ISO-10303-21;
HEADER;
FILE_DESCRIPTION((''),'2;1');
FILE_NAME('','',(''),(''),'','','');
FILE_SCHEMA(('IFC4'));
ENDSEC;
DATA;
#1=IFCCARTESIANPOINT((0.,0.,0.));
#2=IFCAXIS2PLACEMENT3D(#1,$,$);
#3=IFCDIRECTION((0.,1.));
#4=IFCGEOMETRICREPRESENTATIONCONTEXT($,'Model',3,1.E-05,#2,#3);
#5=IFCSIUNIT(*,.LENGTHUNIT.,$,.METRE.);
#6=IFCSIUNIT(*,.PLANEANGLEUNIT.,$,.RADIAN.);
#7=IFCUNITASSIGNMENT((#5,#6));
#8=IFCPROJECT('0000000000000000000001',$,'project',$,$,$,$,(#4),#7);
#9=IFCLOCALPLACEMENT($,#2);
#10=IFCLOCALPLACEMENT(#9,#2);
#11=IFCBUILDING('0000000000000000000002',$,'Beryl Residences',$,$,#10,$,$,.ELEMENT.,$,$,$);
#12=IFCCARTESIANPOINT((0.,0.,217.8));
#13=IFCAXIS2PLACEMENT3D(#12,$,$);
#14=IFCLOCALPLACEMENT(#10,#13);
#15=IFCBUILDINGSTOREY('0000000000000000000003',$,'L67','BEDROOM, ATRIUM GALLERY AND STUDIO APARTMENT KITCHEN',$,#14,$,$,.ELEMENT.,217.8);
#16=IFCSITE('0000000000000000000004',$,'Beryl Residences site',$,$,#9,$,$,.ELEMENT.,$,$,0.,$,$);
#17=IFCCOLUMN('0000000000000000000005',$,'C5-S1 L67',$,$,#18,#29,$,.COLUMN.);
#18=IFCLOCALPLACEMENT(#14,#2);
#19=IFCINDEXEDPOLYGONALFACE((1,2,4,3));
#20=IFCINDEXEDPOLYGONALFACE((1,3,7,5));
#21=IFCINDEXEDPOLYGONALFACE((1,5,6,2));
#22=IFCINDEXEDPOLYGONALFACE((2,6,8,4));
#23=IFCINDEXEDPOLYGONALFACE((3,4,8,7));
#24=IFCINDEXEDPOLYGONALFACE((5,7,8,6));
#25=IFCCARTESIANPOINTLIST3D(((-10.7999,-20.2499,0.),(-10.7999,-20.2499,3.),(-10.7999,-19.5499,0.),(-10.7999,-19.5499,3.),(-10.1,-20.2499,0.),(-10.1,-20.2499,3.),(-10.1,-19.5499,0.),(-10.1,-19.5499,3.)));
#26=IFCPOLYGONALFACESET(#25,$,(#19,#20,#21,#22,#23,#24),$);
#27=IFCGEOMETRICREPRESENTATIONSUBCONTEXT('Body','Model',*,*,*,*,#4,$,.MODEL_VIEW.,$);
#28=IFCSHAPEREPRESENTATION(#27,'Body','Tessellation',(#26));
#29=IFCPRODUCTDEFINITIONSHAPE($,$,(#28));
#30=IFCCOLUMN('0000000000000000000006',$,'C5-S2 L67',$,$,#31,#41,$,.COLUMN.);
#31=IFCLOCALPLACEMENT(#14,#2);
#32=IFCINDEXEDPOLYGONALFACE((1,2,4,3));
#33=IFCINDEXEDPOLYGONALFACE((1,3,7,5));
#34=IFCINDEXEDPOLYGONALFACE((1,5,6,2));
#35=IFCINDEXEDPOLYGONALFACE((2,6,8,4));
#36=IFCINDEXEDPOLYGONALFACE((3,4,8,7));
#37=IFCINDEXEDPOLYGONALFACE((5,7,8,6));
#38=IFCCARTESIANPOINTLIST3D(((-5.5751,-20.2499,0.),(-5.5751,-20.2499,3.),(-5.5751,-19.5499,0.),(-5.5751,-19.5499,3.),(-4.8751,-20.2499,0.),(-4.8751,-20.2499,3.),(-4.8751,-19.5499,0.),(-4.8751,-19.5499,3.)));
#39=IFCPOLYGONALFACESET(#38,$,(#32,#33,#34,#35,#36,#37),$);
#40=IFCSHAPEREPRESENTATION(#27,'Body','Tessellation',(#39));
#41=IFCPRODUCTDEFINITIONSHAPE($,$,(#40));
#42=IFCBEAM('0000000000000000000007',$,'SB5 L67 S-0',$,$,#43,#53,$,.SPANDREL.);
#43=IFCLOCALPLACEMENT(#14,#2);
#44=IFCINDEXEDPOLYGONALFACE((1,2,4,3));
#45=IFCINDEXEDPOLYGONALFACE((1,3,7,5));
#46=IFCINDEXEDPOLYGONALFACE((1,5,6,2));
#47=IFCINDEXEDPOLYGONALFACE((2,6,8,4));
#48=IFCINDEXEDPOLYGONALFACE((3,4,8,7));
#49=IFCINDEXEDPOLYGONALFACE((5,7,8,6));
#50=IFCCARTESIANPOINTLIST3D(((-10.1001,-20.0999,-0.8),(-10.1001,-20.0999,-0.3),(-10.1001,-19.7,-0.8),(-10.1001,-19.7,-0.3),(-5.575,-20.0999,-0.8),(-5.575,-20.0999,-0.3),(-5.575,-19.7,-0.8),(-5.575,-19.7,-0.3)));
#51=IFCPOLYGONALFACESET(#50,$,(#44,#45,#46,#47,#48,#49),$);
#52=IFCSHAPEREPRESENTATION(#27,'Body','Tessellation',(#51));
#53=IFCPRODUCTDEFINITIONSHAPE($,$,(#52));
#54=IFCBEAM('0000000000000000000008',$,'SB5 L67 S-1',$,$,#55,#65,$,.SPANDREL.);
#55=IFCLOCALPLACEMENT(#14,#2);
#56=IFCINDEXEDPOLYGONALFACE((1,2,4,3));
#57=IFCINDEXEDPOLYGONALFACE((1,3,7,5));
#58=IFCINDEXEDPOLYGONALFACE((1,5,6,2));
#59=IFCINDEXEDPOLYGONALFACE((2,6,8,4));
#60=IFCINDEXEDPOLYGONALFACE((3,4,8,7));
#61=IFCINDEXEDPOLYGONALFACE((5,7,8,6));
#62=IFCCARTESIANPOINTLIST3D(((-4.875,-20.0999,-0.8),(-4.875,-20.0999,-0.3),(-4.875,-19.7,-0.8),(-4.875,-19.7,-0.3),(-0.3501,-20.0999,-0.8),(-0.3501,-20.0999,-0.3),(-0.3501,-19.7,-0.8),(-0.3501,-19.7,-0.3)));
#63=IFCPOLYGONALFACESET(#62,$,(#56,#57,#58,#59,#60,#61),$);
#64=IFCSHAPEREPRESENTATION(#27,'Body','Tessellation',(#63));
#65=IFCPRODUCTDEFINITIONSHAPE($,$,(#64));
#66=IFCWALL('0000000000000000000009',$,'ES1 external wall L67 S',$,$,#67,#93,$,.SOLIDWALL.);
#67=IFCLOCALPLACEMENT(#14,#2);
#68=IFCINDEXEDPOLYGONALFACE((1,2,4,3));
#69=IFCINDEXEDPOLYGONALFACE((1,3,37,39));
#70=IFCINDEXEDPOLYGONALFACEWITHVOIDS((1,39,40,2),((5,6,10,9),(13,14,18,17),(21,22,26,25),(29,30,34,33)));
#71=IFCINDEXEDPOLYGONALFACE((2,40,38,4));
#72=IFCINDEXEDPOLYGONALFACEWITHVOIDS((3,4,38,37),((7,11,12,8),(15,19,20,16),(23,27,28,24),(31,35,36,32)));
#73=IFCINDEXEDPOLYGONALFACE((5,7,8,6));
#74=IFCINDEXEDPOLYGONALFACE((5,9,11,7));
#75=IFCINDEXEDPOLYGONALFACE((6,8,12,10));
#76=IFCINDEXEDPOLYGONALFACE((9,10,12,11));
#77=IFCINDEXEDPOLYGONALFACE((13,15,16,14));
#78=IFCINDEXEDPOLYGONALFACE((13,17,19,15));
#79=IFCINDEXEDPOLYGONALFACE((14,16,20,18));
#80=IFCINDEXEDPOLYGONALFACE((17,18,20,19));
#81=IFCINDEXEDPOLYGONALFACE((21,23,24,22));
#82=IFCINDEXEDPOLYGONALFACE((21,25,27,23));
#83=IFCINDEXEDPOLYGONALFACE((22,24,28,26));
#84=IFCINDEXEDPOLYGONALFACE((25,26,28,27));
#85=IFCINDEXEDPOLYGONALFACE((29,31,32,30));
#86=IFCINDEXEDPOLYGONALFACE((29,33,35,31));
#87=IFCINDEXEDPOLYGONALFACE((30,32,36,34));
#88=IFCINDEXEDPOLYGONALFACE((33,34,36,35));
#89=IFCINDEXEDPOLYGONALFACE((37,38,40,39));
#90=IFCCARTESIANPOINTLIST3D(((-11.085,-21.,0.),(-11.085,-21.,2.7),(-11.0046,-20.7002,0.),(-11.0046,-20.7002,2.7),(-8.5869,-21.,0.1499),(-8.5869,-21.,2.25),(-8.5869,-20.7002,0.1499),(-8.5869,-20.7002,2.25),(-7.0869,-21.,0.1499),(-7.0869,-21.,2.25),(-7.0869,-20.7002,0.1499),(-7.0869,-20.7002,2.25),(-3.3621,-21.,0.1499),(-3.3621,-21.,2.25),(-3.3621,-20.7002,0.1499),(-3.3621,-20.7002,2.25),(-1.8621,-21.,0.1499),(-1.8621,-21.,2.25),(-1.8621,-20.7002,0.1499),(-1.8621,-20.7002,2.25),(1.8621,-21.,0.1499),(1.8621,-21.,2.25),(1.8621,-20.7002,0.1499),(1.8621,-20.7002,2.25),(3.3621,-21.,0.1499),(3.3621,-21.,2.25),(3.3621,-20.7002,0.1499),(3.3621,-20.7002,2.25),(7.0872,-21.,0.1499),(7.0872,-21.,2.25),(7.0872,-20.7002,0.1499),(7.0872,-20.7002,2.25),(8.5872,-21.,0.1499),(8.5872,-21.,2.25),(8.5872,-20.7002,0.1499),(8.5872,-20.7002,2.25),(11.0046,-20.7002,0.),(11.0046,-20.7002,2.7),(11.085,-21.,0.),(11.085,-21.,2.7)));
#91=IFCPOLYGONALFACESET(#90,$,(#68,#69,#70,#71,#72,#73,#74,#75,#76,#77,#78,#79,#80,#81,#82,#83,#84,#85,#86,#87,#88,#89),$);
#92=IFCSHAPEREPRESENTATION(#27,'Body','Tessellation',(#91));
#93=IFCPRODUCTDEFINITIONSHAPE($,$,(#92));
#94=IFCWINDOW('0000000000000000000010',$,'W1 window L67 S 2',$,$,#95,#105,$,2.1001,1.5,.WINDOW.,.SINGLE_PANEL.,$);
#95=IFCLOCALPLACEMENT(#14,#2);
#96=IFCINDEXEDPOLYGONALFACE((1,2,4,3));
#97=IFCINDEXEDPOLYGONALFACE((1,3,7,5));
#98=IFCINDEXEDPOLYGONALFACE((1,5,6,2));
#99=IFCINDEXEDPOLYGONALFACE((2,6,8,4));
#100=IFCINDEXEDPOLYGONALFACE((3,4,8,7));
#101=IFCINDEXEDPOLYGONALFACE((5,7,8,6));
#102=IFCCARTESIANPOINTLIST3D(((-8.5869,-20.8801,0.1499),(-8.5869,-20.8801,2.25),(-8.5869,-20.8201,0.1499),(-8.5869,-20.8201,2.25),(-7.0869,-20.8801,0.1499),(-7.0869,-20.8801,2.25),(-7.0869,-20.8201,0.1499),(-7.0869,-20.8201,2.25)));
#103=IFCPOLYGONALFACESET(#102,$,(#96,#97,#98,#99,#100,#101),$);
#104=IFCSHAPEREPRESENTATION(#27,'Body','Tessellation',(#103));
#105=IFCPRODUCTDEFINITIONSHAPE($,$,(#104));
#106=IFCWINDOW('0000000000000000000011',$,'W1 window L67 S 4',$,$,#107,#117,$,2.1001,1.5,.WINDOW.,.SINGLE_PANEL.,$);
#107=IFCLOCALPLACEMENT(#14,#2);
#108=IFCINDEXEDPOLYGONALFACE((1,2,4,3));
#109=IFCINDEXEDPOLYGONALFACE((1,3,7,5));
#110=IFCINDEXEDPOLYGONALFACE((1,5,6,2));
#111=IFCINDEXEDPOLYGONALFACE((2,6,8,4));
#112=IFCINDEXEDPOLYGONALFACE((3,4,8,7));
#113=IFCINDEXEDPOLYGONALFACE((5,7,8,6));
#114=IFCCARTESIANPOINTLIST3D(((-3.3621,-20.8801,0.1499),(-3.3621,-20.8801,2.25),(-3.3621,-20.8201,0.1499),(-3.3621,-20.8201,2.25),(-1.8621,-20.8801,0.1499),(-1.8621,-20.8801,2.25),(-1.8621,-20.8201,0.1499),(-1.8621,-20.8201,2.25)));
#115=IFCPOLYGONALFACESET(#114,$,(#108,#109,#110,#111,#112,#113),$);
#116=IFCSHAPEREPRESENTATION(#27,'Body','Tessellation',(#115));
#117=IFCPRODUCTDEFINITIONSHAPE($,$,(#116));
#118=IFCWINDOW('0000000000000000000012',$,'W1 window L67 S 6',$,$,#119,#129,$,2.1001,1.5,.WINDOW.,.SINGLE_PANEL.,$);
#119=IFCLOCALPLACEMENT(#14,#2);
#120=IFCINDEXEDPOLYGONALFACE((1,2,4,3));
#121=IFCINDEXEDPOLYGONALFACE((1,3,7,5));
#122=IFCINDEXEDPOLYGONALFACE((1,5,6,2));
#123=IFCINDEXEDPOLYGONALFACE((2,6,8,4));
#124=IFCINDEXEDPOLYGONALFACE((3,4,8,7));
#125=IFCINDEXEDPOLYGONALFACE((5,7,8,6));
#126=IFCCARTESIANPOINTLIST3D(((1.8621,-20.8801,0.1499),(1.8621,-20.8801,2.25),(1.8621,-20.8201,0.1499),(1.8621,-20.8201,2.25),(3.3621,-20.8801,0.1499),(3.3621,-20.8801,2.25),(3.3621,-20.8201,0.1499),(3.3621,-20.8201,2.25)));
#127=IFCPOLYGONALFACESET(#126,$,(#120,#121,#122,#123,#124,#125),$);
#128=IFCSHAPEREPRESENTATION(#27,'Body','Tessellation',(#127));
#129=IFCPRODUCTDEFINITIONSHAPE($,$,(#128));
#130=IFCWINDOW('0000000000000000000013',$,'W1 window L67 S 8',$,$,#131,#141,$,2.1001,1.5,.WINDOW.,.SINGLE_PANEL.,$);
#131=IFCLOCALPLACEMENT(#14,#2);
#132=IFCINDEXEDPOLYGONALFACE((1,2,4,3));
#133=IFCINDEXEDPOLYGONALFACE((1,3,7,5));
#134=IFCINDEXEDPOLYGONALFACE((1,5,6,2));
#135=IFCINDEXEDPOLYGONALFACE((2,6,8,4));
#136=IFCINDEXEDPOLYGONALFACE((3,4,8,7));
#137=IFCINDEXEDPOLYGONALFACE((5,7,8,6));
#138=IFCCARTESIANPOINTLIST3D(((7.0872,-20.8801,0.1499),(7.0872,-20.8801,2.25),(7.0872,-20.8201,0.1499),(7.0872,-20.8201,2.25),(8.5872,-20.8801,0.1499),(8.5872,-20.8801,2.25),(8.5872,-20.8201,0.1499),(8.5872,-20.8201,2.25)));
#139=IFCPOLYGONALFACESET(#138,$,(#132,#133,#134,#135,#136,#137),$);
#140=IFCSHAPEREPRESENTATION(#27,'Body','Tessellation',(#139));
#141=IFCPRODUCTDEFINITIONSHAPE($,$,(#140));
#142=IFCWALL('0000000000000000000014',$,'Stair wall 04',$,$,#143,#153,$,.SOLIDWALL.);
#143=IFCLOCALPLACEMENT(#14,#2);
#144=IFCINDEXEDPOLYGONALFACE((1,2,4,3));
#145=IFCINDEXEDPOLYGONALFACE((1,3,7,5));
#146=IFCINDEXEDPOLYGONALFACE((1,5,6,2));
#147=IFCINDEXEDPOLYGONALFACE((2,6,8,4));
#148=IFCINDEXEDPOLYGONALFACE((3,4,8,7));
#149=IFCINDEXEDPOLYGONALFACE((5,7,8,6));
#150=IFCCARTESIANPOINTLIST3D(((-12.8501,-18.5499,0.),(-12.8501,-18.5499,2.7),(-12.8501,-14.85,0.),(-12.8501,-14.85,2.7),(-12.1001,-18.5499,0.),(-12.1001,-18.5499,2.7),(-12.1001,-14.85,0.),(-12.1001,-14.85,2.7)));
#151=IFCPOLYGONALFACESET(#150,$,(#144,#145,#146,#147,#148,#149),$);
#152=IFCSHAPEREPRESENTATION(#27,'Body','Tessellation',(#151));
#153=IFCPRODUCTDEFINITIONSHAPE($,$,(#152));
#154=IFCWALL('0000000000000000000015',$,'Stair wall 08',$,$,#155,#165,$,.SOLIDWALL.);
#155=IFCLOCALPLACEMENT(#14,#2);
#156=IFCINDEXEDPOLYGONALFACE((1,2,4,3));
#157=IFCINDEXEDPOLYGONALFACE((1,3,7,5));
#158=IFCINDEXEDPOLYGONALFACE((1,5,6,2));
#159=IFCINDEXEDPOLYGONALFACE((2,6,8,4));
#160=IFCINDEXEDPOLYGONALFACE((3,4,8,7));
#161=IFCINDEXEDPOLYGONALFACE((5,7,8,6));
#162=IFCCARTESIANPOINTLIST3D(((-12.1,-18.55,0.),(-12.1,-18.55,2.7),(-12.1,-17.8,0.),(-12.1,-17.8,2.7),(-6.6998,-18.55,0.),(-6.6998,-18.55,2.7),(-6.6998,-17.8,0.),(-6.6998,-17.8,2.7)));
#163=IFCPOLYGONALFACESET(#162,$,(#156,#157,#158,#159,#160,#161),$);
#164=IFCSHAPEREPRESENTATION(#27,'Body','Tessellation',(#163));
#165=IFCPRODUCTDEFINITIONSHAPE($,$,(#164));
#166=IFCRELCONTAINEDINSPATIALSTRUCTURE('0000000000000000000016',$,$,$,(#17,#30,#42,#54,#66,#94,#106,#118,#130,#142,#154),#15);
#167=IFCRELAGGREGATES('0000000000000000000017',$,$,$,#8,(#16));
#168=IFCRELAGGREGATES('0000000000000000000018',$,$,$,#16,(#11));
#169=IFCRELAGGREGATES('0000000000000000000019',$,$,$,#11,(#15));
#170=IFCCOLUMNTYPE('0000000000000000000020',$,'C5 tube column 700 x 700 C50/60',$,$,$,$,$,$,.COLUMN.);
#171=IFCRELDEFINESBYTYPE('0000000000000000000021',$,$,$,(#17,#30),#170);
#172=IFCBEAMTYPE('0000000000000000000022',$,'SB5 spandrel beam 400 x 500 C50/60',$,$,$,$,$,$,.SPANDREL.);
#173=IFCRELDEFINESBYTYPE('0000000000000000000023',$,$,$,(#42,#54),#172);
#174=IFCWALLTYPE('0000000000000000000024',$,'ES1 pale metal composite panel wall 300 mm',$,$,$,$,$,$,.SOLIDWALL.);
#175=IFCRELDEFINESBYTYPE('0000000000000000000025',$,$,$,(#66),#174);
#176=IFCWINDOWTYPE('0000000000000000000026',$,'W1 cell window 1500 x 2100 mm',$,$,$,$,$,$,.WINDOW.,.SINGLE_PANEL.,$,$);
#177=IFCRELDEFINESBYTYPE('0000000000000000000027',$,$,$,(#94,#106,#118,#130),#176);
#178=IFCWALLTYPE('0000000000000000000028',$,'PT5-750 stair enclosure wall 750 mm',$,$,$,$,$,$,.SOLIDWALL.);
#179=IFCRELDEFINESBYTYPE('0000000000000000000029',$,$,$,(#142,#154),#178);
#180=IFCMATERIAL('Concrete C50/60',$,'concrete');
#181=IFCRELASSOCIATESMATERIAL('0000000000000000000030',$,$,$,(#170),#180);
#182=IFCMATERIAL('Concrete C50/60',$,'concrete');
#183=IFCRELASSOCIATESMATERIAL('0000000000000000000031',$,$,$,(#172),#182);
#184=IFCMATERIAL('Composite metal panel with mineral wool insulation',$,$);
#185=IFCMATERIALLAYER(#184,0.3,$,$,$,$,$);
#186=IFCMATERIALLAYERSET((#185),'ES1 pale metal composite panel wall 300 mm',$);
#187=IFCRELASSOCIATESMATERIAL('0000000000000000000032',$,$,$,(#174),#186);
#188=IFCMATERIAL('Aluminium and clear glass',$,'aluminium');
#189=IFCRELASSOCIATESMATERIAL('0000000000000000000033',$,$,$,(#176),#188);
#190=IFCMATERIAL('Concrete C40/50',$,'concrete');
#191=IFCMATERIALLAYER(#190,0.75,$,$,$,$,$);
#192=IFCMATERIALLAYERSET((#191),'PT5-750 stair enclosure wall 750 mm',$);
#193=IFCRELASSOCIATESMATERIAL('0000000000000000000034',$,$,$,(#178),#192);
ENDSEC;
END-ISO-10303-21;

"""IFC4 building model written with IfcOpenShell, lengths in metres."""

from ifc_helpers import new_model, si_unit, direction, frame, frame_2d, origin, origin_2d, place, context, subcontext, project, spatial, polyline, rectangle, outline, extrude, material, layer, layer_set, material_profile, profile_set, type_object, element, fill, save


model = new_model("IFC4")

# Units and contexts
model_context = context("Model", 3, precision=1e-05, world=origin(), true_north=direction((0.0, 1.0)))
body_context = subcontext(model_context, "Body", "Model", "MODEL_VIEW")
ifc_project = project(units=[si_unit("LENGTHUNIT", "METRE"), si_unit("PLANEANGLEUNIT", "RADIAN")], contexts=[model_context])

# Site, building, storey
site_placement = place(None, origin())
site = spatial("IfcSite", under=ifc_project, at=site_placement, Name="Beryl Residences site", CompositionType="ELEMENT", RefElevation=0.0)
building_placement = place(site_placement, origin())
building = spatial("IfcBuilding", under=site, at=building_placement, Name="Beryl Residences", CompositionType="ELEMENT")
storey_placement = place(building_placement, frame((0.0, 0.0, 217.8)))
storey = spatial("IfcBuildingStorey", under=building, at=storey_placement, Name="L67", Description="BEDROOM, ATRIUM GALLERY AND STUDIO APARTMENT KITCHEN", CompositionType="ELEMENT", Elevation=217.8)

# Columns
ifc_material_1 = material(Name="Concrete C50/60", Category="concrete")
ifc_material_profile_1 = material_profile(ifc_material_1, rectangle(XDim=0.7, YDim=0.7, at=origin_2d()))
ifc_profile_set_1 = profile_set([ifc_material_profile_1], Name="Concrete C50/60")
column_type = type_object("IfcColumnType", Name="C5 tube column 700 x 700 C50/60", PredefinedType="COLUMN", material=ifc_profile_set_1)
for number, where, z_axis, x_axis, name in (
    (1, (-10.45, -19.8999, 0.0), (0.0, 0.0, 1.0), (1.0, 0.0, 0.0), "C5-S1 L67"),
    (2, (-5.2251, -19.8999, 0.0), (0.0, 0.0, 1.0), (1.0, 0.0, 0.0), "C5-S2 L67"),
):
    element("IfcColumn", number, at=place(storey_placement, frame(where, z_axis=z_axis, x_axis=x_axis)), inside=storey, type_object=column_type, Name=name, PredefinedType="COLUMN", context=body_context, shape_type="SweptSolid", body=[
        extrude(rectangle(XDim=0.7, YDim=0.7, at=origin_2d()), origin(), (0.0, 0.0, 1.0), 3.0),
    ])

# Beams
ifc_material_2 = material(Name="Concrete C50/60", Category="concrete")
ifc_material_profile_2 = material_profile(ifc_material_2, rectangle(XDim=0.3999, YDim=0.5, at=origin_2d()))
ifc_profile_set_2 = profile_set([ifc_material_profile_2], Name="Concrete C50/60")
beam_type = type_object("IfcBeamType", Name="SB5 spandrel beam 400 x 500 C50/60", PredefinedType="SPANDREL", material=ifc_profile_set_2)
beam_1_placement = place(storey_placement, frame((-10.1001, -19.8999, -0.55), z_axis=(1.0, 0.0, 0.0), x_axis=(0.0, 1.0, 0.0)))
element("IfcBeam", 3, at=beam_1_placement, inside=storey, type_object=beam_type, Name="SB5 L67 S-0", PredefinedType="SPANDREL", context=body_context, shape_type="SweptSolid", body=[
    extrude(rectangle(XDim=0.3999, YDim=0.5, at=origin_2d()), origin(), (0.0, 0.0, 1.0), 4.5251),
])
beam_2_placement = place(storey_placement, frame((-4.875, -19.8999, -0.55), z_axis=(1.0, 0.0, 0.0), x_axis=(0.0, 1.0, 0.0)))
element("IfcBeam", 4, at=beam_2_placement, inside=storey, type_object=beam_type, Name="SB5 L67 S-1", PredefinedType="SPANDREL", context=body_context, shape_type="SweptSolid", body=[
    extrude(rectangle(XDim=0.3999, YDim=0.5, at=origin_2d()), origin(), (0.0, 0.0, 1.0), 4.5249),
])

# Wall, openings, windows
ifc_material_3 = material(Name="Composite metal panel with mineral wool insulation")
ifc_layer_1 = layer(ifc_material_3, 0.3)
ifc_layer_set_1 = layer_set([ifc_layer_1], Name="ES1 pale metal composite panel wall 300 mm")
wall_type_1 = type_object("IfcWallType", Name="ES1 pale metal composite panel wall 300 mm", PredefinedType="SOLIDWALL", material=ifc_layer_set_1)
wall_1_placement = place(storey_placement, frame((-11.085, -20.8501, 0.0), z_axis=(0.0, 0.0, 1.0), x_axis=(1.0, 0.0, 0.0)))
wall_1 = element("IfcWall", 5, at=wall_1_placement, inside=storey, type_object=wall_type_1, Name="ES1 external wall L67 S", PredefinedType="SOLIDWALL", context=body_context, shape_type="SweptSolid", body=[
    extrude(outline(polyline([(0.0, -0.1499), (22.1699, -0.1499), (22.0896, 0.1499), (0.0803, 0.1499), (0.0, -0.1499)])), origin(), (0.0, 0.0, 1.0), 2.7),
])
opening_1_placement = place(wall_1_placement, frame((2.498, 0.0, 0.1499)))
opening_1 = element("IfcOpeningElement", 6, at=opening_1_placement, cuts=wall_1, PredefinedType="OPENING", context=body_context, shape_type="SweptSolid", body=[
    extrude(rectangle(XDim=1.5, YDim=2.1001, at=frame_2d((0.75, 1.05))), frame((0.0, 0.1599, 0.0), z_axis=(0.0, -1.0, 0.0), x_axis=(1.0, 0.0, 0.0)), (0.0, 0.0, 1.0), 0.3201),
])
opening_2_placement = place(wall_1_placement, frame((7.7229, 0.0, 0.1499)))
opening_2 = element("IfcOpeningElement", 7, at=opening_2_placement, cuts=wall_1, PredefinedType="OPENING", context=body_context, shape_type="SweptSolid", body=[
    extrude(rectangle(XDim=1.5, YDim=2.1001, at=frame_2d((0.75, 1.05))), frame((0.0, 0.1599, 0.0), z_axis=(0.0, -1.0, 0.0), x_axis=(1.0, 0.0, 0.0)), (0.0, 0.0, 1.0), 0.3201),
])
opening_3_placement = place(wall_1_placement, frame((12.947, 0.0, 0.1499)))
opening_3 = element("IfcOpeningElement", 8, at=opening_3_placement, cuts=wall_1, PredefinedType="OPENING", context=body_context, shape_type="SweptSolid", body=[
    extrude(rectangle(XDim=1.5, YDim=2.1001, at=frame_2d((0.75, 1.05))), frame((0.0, 0.1599, 0.0), z_axis=(0.0, -1.0, 0.0), x_axis=(1.0, 0.0, 0.0)), (0.0, 0.0, 1.0), 0.3201),
])
opening_4_placement = place(wall_1_placement, frame((18.1721, 0.0, 0.1499)))
opening_4 = element("IfcOpeningElement", 9, at=opening_4_placement, cuts=wall_1, PredefinedType="OPENING", context=body_context, shape_type="SweptSolid", body=[
    extrude(rectangle(XDim=1.5, YDim=2.1001, at=frame_2d((0.75, 1.05))), frame((0.0, 0.1599, 0.0), z_axis=(0.0, -1.0, 0.0), x_axis=(1.0, 0.0, 0.0)), (0.0, 0.0, 1.0), 0.3201),
])
ifc_material_4 = material(Name="Aluminium and clear glass", Category="aluminium")
window_type = type_object("IfcWindowType", Name="W1 cell window 1500 x 2100 mm", PartitioningType="SINGLE_PANEL", PredefinedType="WINDOW", material=ifc_material_4)
window_1_placement = place(opening_1_placement, origin())
window_1 = element("IfcWindow", 10, at=window_1_placement, inside=storey, type_object=window_type, Name="W1 window L67 S 2", OverallHeight=2.1001, OverallWidth=1.5, PartitioningType="SINGLE_PANEL", PredefinedType="WINDOW", context=body_context, shape_type="SweptSolid", body=[
    extrude(rectangle(XDim=1.5, YDim=2.1001, at=frame_2d((0.75, 1.05))), frame((0.0, 0.03, 0.0), z_axis=(0.0, -1.0, 0.0), x_axis=(1.0, 0.0, 0.0)), (0.0, 0.0, 1.0), 0.0601),
])
fill(opening_1, window_1)
window_2_placement = place(opening_2_placement, origin())
window_2 = element("IfcWindow", 11, at=window_2_placement, inside=storey, type_object=window_type, Name="W1 window L67 S 4", OverallHeight=2.1001, OverallWidth=1.5, PartitioningType="SINGLE_PANEL", PredefinedType="WINDOW", context=body_context, shape_type="SweptSolid", body=[
    extrude(rectangle(XDim=1.5, YDim=2.1001, at=frame_2d((0.75, 1.05))), frame((0.0, 0.03, 0.0), z_axis=(0.0, -1.0, 0.0), x_axis=(1.0, 0.0, 0.0)), (0.0, 0.0, 1.0), 0.0601),
])
fill(opening_2, window_2)
window_3_placement = place(opening_3_placement, origin())
window_3 = element("IfcWindow", 12, at=window_3_placement, inside=storey, type_object=window_type, Name="W1 window L67 S 6", OverallHeight=2.1001, OverallWidth=1.5, PartitioningType="SINGLE_PANEL", PredefinedType="WINDOW", context=body_context, shape_type="SweptSolid", body=[
    extrude(rectangle(XDim=1.5, YDim=2.1001, at=frame_2d((0.75, 1.05))), frame((0.0, 0.03, 0.0), z_axis=(0.0, -1.0, 0.0), x_axis=(1.0, 0.0, 0.0)), (0.0, 0.0, 1.0), 0.0601),
])
fill(opening_3, window_3)
window_4_placement = place(opening_4_placement, origin())
window_4 = element("IfcWindow", 13, at=window_4_placement, inside=storey, type_object=window_type, Name="W1 window L67 S 8", OverallHeight=2.1001, OverallWidth=1.5, PartitioningType="SINGLE_PANEL", PredefinedType="WINDOW", context=body_context, shape_type="SweptSolid", body=[
    extrude(rectangle(XDim=1.5, YDim=2.1001, at=frame_2d((0.75, 1.05))), frame((0.0, 0.03, 0.0), z_axis=(0.0, -1.0, 0.0), x_axis=(1.0, 0.0, 0.0)), (0.0, 0.0, 1.0), 0.0601),
])
fill(opening_4, window_4)

# Walls
ifc_material_5 = material(Name="Concrete C40/50", Category="concrete")
ifc_layer_2 = layer(ifc_material_5, 0.75)
ifc_layer_set_2 = layer_set([ifc_layer_2], Name="PT5-750 stair enclosure wall 750 mm")
wall_type_2 = type_object("IfcWallType", Name="PT5-750 stair enclosure wall 750 mm", PredefinedType="SOLIDWALL", material=ifc_layer_set_2)
wall_2_placement = place(storey_placement, frame((-12.4751, -18.55, 0.0), z_axis=(0.0, 0.0, 1.0), x_axis=(0.0, 1.0, 0.0)))
element("IfcWall", 14, at=wall_2_placement, inside=storey, type_object=wall_type_2, Name="Stair wall 04", PredefinedType="SOLIDWALL", context=body_context, shape_type="SweptSolid", body=[
    extrude(rectangle(XDim=3.7, YDim=0.75, at=frame_2d((1.8501, 0.0))), origin(), (0.0, 0.0, 1.0), 2.7),
])
wall_3_placement = place(storey_placement, frame((-12.1001, -18.175, 0.0), z_axis=(0.0, 0.0, 1.0), x_axis=(1.0, 0.0, 0.0)))
element("IfcWall", 15, at=wall_3_placement, inside=storey, type_object=wall_type_2, Name="Stair wall 08", PredefinedType="SOLIDWALL", context=body_context, shape_type="SweptSolid", body=[
    extrude(rectangle(XDim=5.4001, YDim=0.75, at=frame_2d((2.7002, 0.0))), origin(), (0.0, 0.0, 1.0), 2.7),
])

save(model, "model.ifc")
